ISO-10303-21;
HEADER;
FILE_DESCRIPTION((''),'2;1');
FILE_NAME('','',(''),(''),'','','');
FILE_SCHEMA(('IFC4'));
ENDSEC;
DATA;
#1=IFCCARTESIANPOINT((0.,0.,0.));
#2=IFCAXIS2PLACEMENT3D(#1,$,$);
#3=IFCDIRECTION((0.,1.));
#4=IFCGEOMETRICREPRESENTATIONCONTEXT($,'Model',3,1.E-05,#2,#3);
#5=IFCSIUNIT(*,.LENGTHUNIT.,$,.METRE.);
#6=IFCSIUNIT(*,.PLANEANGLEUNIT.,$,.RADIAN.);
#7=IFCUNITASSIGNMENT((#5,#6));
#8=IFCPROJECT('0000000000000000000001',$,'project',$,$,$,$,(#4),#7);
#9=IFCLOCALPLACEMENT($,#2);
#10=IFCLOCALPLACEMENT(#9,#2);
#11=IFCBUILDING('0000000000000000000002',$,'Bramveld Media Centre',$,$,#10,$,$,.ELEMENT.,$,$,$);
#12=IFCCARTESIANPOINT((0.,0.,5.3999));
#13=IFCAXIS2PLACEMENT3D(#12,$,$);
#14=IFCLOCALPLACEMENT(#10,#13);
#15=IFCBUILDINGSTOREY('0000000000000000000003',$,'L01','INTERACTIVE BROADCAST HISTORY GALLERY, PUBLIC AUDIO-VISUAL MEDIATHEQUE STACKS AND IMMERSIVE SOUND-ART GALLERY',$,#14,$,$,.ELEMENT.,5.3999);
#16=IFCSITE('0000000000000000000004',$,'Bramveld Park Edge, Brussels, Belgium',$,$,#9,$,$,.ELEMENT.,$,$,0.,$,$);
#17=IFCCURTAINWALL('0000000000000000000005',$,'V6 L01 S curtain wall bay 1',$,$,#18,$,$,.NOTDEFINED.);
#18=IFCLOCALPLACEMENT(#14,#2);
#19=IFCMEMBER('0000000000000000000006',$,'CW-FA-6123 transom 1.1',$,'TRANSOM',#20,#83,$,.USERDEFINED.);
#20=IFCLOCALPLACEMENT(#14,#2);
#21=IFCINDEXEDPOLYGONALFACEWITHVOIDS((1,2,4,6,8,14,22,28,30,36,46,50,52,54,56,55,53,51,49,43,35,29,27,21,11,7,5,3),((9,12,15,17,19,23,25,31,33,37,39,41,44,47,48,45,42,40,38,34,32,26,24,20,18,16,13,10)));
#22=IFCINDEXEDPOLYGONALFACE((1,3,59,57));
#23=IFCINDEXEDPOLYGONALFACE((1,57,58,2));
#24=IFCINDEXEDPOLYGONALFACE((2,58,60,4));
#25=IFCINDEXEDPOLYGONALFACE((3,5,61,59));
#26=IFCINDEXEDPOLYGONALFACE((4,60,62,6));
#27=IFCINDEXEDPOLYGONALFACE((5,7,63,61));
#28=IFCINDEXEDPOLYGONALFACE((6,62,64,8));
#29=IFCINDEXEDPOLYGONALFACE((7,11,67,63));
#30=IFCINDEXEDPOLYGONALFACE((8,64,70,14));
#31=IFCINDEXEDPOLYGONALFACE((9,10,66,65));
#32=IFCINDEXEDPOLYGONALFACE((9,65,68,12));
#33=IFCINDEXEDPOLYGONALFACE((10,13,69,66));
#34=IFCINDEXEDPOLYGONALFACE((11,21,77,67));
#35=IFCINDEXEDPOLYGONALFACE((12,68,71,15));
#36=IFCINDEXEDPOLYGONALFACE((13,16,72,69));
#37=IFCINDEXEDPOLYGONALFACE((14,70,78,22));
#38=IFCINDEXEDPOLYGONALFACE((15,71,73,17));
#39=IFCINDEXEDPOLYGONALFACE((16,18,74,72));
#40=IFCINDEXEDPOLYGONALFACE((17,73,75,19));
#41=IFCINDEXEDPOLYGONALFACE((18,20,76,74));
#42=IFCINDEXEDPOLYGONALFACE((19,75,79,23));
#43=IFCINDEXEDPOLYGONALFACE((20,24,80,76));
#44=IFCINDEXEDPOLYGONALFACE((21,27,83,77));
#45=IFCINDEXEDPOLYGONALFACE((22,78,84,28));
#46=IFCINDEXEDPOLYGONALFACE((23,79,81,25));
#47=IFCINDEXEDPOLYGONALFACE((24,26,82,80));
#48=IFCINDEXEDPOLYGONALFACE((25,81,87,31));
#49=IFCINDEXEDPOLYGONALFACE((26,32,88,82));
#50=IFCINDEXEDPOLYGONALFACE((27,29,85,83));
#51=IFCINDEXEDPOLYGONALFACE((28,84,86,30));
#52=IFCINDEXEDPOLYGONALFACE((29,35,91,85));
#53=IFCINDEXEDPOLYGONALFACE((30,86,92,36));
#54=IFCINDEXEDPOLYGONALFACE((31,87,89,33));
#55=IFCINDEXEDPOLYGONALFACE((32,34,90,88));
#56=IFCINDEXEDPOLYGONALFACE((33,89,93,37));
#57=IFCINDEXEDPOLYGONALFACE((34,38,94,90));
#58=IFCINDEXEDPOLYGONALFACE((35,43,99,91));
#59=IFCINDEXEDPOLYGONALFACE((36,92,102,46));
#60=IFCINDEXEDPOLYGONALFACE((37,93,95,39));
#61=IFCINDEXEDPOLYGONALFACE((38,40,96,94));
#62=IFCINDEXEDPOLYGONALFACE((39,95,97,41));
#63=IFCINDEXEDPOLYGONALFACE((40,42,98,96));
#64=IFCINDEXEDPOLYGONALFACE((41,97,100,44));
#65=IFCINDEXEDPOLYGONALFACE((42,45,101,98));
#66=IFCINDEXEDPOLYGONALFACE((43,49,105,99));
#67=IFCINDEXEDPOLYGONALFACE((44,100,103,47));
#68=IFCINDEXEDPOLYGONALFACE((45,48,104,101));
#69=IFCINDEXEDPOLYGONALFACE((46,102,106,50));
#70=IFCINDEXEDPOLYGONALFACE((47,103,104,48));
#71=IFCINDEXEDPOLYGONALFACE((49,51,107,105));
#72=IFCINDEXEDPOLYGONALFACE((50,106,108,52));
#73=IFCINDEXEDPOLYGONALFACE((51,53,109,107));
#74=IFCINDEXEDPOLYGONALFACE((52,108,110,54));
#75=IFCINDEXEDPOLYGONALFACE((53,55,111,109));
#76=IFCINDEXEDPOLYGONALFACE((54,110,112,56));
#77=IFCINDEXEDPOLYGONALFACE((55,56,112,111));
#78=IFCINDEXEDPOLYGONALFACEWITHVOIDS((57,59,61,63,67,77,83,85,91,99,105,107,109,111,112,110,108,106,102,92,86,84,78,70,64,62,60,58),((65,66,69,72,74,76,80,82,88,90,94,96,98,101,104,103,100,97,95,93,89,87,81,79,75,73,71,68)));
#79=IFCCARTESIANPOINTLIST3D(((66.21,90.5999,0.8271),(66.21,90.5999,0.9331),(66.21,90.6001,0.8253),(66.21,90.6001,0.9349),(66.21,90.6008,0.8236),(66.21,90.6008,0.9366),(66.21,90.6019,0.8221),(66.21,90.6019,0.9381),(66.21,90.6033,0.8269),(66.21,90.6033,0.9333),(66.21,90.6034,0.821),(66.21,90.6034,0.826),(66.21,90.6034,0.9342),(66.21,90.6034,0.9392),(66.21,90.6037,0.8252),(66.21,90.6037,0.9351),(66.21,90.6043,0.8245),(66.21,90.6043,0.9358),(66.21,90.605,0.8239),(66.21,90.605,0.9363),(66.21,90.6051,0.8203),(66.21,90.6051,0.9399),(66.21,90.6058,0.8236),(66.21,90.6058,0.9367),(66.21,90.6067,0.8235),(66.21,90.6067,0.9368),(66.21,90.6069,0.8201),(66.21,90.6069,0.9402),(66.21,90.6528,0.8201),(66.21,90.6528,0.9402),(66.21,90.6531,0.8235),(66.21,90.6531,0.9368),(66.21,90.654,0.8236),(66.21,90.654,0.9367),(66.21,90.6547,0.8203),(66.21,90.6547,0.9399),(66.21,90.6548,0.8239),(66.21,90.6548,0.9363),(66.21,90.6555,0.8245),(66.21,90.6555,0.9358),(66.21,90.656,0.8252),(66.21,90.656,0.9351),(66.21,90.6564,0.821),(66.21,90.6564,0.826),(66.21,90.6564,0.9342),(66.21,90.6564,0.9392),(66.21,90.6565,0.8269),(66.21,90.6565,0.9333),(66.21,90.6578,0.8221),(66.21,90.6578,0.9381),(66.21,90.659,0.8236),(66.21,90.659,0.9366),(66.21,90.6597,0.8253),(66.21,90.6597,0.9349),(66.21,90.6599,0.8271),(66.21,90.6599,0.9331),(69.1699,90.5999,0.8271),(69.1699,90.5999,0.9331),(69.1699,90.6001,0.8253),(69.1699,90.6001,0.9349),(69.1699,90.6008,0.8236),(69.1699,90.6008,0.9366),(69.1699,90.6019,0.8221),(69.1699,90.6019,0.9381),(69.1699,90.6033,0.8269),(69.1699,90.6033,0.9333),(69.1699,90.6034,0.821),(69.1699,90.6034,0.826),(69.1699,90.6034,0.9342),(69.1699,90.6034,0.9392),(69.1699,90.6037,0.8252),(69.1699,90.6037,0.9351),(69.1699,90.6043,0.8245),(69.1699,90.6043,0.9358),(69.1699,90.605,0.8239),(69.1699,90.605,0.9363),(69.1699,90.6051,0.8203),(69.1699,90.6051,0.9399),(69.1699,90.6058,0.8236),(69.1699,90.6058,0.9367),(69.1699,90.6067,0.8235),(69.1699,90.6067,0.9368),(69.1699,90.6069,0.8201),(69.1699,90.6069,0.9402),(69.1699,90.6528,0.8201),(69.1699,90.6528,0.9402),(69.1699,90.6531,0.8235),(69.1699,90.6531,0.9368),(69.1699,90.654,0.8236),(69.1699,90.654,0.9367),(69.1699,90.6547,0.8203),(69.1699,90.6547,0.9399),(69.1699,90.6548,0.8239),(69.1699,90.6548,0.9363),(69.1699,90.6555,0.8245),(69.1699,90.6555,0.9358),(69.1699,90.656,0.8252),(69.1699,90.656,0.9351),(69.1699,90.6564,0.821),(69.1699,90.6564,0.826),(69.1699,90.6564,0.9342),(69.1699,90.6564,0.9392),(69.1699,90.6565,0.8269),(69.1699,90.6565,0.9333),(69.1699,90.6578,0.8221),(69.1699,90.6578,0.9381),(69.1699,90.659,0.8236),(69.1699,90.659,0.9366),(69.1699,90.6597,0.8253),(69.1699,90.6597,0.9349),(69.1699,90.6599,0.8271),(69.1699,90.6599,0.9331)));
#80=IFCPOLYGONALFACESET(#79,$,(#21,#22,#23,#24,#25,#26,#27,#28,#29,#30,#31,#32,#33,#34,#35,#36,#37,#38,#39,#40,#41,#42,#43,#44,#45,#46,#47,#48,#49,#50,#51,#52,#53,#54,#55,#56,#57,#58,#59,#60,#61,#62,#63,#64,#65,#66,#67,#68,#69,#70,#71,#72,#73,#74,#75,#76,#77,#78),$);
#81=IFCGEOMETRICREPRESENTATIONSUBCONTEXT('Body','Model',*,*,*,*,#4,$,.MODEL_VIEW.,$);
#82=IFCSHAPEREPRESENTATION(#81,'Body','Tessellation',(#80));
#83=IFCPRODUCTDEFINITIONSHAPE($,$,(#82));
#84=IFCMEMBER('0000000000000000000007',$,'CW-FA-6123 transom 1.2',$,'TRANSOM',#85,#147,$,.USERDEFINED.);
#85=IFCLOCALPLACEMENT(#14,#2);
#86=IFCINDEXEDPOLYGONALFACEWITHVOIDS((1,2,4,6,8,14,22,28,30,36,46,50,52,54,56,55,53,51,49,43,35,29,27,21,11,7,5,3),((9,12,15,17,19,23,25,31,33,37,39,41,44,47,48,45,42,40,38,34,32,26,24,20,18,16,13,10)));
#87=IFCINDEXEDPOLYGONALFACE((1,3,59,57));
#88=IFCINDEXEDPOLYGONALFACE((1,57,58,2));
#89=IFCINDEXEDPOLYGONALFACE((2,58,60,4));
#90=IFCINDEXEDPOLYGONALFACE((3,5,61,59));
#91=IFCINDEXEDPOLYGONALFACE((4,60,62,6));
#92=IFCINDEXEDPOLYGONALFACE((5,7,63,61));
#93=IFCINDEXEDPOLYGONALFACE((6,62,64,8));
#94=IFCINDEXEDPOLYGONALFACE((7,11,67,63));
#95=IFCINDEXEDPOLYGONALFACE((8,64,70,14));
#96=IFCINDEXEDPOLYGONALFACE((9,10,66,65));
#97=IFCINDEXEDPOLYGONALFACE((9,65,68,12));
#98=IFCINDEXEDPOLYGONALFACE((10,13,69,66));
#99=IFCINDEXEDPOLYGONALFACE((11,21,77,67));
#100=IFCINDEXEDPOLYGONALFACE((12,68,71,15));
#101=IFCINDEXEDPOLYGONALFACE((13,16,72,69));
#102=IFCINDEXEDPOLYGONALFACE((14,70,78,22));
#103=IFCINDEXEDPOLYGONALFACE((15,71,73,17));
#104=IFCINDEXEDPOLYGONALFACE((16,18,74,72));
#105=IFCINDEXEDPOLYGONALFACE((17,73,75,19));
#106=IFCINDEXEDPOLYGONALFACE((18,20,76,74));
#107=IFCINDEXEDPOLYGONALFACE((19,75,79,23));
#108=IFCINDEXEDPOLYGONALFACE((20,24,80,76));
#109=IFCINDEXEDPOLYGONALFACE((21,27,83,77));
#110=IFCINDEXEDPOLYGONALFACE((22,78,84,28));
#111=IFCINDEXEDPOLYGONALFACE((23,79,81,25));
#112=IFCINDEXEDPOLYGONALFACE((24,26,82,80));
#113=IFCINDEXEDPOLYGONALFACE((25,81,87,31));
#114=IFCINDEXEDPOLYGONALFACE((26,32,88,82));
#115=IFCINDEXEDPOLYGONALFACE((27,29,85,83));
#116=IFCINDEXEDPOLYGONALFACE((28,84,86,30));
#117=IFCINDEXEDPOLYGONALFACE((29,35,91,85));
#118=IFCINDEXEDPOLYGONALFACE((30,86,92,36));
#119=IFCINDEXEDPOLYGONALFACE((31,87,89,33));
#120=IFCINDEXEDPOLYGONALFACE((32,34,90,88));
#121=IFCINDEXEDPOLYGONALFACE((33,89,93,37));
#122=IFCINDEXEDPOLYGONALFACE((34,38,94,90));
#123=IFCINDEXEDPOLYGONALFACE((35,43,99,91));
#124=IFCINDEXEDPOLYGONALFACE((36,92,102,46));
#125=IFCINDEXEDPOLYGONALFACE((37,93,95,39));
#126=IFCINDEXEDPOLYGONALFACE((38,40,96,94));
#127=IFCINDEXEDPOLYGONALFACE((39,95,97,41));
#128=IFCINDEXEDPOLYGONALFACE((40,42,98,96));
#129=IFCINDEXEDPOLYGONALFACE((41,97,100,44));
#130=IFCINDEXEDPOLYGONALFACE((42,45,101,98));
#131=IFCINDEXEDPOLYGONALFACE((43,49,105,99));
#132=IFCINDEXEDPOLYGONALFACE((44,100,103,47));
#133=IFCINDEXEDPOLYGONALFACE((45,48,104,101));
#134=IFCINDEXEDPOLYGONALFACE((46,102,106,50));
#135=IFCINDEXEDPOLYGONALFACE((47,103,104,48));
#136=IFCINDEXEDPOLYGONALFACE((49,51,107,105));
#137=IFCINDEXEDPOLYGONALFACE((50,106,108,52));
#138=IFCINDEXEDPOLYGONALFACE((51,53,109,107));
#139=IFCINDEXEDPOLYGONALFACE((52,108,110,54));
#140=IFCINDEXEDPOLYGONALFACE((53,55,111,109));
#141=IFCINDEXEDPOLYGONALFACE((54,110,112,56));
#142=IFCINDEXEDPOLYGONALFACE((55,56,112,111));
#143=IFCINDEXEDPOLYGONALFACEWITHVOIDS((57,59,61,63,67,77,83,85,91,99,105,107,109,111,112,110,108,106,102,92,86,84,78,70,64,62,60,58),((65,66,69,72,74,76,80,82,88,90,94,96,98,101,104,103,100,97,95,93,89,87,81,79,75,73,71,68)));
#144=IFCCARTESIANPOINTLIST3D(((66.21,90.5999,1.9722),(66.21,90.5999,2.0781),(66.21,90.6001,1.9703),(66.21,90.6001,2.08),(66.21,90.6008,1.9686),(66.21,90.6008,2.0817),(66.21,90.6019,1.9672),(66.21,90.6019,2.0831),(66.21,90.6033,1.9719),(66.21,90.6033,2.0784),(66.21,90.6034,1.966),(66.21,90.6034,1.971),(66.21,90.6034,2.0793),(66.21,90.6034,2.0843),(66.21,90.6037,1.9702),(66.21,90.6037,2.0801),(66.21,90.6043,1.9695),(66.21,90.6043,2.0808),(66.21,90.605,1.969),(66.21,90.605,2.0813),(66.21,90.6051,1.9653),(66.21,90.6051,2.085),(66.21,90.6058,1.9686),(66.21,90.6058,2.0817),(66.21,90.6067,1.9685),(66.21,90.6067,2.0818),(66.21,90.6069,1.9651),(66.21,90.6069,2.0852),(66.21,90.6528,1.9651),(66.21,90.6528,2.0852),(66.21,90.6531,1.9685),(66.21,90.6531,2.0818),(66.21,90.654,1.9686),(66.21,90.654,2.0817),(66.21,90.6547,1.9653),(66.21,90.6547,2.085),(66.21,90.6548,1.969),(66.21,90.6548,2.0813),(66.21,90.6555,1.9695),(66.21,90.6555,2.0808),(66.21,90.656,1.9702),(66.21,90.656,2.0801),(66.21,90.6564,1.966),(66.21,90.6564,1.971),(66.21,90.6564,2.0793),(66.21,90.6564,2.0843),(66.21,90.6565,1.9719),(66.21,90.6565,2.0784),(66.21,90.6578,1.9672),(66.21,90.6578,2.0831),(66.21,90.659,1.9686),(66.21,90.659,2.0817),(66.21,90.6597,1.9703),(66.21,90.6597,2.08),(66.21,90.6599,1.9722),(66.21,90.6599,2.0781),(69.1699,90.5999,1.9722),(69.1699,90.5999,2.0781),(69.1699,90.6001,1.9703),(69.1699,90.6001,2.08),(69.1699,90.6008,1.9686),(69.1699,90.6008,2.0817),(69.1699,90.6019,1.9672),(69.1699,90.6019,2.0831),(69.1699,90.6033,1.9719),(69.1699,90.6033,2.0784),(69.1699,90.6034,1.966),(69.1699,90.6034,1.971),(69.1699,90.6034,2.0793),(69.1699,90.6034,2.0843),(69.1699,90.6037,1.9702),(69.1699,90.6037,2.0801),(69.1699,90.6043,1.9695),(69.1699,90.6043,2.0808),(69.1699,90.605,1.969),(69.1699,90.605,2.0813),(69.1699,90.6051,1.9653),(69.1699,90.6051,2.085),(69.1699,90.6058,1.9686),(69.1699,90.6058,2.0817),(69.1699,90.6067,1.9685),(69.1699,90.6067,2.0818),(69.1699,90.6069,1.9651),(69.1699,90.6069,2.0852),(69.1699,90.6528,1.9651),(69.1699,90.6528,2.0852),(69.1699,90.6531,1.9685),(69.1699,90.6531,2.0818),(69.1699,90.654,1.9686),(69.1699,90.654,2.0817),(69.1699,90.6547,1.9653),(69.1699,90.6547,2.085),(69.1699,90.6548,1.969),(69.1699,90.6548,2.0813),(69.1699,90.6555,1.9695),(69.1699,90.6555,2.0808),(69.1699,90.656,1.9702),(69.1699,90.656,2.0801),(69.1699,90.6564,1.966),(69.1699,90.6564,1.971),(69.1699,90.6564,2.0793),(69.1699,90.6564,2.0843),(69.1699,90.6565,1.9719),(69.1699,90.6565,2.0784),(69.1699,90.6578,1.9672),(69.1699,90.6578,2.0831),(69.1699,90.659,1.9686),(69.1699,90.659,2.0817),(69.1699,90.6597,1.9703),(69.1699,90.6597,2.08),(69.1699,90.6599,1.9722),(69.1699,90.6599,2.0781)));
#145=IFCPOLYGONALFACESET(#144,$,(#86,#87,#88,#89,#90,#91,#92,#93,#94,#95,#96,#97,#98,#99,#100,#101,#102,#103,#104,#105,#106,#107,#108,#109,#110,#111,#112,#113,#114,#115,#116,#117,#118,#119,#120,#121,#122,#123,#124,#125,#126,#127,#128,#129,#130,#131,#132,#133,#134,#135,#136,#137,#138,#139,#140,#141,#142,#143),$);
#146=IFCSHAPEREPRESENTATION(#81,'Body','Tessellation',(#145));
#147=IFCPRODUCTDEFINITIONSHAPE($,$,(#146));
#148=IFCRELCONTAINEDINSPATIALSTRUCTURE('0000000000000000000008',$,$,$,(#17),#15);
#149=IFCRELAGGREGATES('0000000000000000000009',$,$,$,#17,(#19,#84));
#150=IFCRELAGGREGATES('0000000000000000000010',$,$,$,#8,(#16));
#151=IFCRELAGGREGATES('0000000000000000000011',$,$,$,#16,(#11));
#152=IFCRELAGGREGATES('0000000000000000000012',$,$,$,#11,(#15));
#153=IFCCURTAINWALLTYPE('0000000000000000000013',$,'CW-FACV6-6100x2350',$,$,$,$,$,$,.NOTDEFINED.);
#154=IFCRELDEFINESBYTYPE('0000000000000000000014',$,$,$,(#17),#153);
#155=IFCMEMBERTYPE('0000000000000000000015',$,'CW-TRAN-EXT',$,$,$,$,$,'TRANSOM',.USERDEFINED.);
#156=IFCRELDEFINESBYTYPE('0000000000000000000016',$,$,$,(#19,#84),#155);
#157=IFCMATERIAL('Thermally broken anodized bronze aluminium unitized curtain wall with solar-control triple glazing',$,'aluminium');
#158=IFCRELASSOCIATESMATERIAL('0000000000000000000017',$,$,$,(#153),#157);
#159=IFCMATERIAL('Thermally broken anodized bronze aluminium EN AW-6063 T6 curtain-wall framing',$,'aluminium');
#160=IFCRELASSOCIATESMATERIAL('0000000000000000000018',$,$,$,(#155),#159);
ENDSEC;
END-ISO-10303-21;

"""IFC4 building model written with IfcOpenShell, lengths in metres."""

from ifc_helpers import new_model, si_unit, direction, frame, origin, origin_2d, place, context, subcontext, project, spatial, hollow_rectangle, extrude, material, material_profile, profile_set, type_object, element, aggregate, save


model = new_model("IFC4")

# Units and contexts
model_context = context("Model", 3, precision=1e-05, world=origin(), true_north=direction((0.0, 1.0)))
body_context = subcontext(model_context, "Body", "Model", "MODEL_VIEW")
ifc_project = project(units=[si_unit("LENGTHUNIT", "METRE"), si_unit("PLANEANGLEUNIT", "RADIAN")], contexts=[model_context])

# Site, building, storey
site_placement = place(None, origin())
site = spatial("IfcSite", under=ifc_project, at=site_placement, Name="Bramveld Park Edge, Brussels, Belgium", CompositionType="ELEMENT", RefElevation=0.0)
building_placement = place(site_placement, origin())
building = spatial("IfcBuilding", under=site, at=building_placement, Name="Bramveld Media Centre", CompositionType="ELEMENT")
storey_placement = place(building_placement, frame((0.0, 0.0, 5.3999)))
storey = spatial("IfcBuildingStorey", under=building, at=storey_placement, Name="L01", Description="INTERACTIVE BROADCAST HISTORY GALLERY, PUBLIC AUDIO-VISUAL MEDIATHEQUE STACKS AND IMMERSIVE SOUND-ART GALLERY", CompositionType="ELEMENT", Elevation=5.3999)

# Curtain wall, members
ifc_material_1 = material(Name="Thermally broken anodized bronze aluminium unitized curtain wall with solar-control triple glazing", Category="aluminium")
curtain_wall_type = type_object("IfcCurtainWallType", Name="CW-FACV6-6100x2350", PredefinedType="NOTDEFINED", material=ifc_material_1)
curtain_wall_placement = place(storey_placement, origin())
curtain_wall = element("IfcCurtainWall", 1, at=curtain_wall_placement, inside=storey, type_object=curtain_wall_type, Name="V6 L01 S curtain wall bay 1", PredefinedType="NOTDEFINED")
ifc_material_2 = material(Name="Thermally broken anodized bronze aluminium EN AW-6063 T6 curtain-wall framing", Category="aluminium")
ifc_material_profile_1 = material_profile(ifc_material_2, hollow_rectangle(XDim=0.0601, YDim=0.1201, WallThickness=0.0034, InnerFilletRadius=0.0034, OuterFilletRadius=0.0071, at=origin_2d()), Name="AL-TRAN 60x120")
ifc_profile_set_1 = profile_set([ifc_material_profile_1], Name="Thermally broken anodized bronze aluminium EN AW-6063 T6 curtain-wall framing")
member_type_1 = type_object("IfcMemberType", Name="CW-TRAN-EXT", ElementType="TRANSOM", PredefinedType="USERDEFINED", material=ifc_profile_set_1)
member_1_placement = place(storey_placement, frame((66.21, 90.6299, 0.8801), z_axis=(1.0, 0.0, 0.0), x_axis=(0.0, 1.0, 0.0)))
member_1 = element("IfcMember", 2, at=member_1_placement, type_object=member_type_1, Name="CW-FA-6123 transom 1.1", ObjectType="TRANSOM", PredefinedType="USERDEFINED", context=body_context, shape_type="SweptSolid", body=[
    extrude(hollow_rectangle(XDim=0.0601, YDim=0.1201, WallThickness=0.0034, InnerFilletRadius=0.0034, OuterFilletRadius=0.0071, at=origin_2d()), origin(), (0.0, 0.0, 1.0), 2.96),
])
member_2_placement = place(storey_placement, frame((66.21, 90.6299, 2.0251), z_axis=(1.0, 0.0, 0.0), x_axis=(0.0, 1.0, 0.0)))
member_2 = element("IfcMember", 3, at=member_2_placement, type_object=member_type_1, Name="CW-FA-6123 transom 1.2", ObjectType="TRANSOM", PredefinedType="USERDEFINED", context=body_context, shape_type="SweptSolid", body=[
    extrude(hollow_rectangle(XDim=0.0601, YDim=0.1201, WallThickness=0.0034, InnerFilletRadius=0.0034, OuterFilletRadius=0.0071, at=origin_2d()), origin(), (0.0, 0.0, 1.0), 2.96),
])

aggregate(curtain_wall, [member_1, member_2])

save(model, "model.ifc")
